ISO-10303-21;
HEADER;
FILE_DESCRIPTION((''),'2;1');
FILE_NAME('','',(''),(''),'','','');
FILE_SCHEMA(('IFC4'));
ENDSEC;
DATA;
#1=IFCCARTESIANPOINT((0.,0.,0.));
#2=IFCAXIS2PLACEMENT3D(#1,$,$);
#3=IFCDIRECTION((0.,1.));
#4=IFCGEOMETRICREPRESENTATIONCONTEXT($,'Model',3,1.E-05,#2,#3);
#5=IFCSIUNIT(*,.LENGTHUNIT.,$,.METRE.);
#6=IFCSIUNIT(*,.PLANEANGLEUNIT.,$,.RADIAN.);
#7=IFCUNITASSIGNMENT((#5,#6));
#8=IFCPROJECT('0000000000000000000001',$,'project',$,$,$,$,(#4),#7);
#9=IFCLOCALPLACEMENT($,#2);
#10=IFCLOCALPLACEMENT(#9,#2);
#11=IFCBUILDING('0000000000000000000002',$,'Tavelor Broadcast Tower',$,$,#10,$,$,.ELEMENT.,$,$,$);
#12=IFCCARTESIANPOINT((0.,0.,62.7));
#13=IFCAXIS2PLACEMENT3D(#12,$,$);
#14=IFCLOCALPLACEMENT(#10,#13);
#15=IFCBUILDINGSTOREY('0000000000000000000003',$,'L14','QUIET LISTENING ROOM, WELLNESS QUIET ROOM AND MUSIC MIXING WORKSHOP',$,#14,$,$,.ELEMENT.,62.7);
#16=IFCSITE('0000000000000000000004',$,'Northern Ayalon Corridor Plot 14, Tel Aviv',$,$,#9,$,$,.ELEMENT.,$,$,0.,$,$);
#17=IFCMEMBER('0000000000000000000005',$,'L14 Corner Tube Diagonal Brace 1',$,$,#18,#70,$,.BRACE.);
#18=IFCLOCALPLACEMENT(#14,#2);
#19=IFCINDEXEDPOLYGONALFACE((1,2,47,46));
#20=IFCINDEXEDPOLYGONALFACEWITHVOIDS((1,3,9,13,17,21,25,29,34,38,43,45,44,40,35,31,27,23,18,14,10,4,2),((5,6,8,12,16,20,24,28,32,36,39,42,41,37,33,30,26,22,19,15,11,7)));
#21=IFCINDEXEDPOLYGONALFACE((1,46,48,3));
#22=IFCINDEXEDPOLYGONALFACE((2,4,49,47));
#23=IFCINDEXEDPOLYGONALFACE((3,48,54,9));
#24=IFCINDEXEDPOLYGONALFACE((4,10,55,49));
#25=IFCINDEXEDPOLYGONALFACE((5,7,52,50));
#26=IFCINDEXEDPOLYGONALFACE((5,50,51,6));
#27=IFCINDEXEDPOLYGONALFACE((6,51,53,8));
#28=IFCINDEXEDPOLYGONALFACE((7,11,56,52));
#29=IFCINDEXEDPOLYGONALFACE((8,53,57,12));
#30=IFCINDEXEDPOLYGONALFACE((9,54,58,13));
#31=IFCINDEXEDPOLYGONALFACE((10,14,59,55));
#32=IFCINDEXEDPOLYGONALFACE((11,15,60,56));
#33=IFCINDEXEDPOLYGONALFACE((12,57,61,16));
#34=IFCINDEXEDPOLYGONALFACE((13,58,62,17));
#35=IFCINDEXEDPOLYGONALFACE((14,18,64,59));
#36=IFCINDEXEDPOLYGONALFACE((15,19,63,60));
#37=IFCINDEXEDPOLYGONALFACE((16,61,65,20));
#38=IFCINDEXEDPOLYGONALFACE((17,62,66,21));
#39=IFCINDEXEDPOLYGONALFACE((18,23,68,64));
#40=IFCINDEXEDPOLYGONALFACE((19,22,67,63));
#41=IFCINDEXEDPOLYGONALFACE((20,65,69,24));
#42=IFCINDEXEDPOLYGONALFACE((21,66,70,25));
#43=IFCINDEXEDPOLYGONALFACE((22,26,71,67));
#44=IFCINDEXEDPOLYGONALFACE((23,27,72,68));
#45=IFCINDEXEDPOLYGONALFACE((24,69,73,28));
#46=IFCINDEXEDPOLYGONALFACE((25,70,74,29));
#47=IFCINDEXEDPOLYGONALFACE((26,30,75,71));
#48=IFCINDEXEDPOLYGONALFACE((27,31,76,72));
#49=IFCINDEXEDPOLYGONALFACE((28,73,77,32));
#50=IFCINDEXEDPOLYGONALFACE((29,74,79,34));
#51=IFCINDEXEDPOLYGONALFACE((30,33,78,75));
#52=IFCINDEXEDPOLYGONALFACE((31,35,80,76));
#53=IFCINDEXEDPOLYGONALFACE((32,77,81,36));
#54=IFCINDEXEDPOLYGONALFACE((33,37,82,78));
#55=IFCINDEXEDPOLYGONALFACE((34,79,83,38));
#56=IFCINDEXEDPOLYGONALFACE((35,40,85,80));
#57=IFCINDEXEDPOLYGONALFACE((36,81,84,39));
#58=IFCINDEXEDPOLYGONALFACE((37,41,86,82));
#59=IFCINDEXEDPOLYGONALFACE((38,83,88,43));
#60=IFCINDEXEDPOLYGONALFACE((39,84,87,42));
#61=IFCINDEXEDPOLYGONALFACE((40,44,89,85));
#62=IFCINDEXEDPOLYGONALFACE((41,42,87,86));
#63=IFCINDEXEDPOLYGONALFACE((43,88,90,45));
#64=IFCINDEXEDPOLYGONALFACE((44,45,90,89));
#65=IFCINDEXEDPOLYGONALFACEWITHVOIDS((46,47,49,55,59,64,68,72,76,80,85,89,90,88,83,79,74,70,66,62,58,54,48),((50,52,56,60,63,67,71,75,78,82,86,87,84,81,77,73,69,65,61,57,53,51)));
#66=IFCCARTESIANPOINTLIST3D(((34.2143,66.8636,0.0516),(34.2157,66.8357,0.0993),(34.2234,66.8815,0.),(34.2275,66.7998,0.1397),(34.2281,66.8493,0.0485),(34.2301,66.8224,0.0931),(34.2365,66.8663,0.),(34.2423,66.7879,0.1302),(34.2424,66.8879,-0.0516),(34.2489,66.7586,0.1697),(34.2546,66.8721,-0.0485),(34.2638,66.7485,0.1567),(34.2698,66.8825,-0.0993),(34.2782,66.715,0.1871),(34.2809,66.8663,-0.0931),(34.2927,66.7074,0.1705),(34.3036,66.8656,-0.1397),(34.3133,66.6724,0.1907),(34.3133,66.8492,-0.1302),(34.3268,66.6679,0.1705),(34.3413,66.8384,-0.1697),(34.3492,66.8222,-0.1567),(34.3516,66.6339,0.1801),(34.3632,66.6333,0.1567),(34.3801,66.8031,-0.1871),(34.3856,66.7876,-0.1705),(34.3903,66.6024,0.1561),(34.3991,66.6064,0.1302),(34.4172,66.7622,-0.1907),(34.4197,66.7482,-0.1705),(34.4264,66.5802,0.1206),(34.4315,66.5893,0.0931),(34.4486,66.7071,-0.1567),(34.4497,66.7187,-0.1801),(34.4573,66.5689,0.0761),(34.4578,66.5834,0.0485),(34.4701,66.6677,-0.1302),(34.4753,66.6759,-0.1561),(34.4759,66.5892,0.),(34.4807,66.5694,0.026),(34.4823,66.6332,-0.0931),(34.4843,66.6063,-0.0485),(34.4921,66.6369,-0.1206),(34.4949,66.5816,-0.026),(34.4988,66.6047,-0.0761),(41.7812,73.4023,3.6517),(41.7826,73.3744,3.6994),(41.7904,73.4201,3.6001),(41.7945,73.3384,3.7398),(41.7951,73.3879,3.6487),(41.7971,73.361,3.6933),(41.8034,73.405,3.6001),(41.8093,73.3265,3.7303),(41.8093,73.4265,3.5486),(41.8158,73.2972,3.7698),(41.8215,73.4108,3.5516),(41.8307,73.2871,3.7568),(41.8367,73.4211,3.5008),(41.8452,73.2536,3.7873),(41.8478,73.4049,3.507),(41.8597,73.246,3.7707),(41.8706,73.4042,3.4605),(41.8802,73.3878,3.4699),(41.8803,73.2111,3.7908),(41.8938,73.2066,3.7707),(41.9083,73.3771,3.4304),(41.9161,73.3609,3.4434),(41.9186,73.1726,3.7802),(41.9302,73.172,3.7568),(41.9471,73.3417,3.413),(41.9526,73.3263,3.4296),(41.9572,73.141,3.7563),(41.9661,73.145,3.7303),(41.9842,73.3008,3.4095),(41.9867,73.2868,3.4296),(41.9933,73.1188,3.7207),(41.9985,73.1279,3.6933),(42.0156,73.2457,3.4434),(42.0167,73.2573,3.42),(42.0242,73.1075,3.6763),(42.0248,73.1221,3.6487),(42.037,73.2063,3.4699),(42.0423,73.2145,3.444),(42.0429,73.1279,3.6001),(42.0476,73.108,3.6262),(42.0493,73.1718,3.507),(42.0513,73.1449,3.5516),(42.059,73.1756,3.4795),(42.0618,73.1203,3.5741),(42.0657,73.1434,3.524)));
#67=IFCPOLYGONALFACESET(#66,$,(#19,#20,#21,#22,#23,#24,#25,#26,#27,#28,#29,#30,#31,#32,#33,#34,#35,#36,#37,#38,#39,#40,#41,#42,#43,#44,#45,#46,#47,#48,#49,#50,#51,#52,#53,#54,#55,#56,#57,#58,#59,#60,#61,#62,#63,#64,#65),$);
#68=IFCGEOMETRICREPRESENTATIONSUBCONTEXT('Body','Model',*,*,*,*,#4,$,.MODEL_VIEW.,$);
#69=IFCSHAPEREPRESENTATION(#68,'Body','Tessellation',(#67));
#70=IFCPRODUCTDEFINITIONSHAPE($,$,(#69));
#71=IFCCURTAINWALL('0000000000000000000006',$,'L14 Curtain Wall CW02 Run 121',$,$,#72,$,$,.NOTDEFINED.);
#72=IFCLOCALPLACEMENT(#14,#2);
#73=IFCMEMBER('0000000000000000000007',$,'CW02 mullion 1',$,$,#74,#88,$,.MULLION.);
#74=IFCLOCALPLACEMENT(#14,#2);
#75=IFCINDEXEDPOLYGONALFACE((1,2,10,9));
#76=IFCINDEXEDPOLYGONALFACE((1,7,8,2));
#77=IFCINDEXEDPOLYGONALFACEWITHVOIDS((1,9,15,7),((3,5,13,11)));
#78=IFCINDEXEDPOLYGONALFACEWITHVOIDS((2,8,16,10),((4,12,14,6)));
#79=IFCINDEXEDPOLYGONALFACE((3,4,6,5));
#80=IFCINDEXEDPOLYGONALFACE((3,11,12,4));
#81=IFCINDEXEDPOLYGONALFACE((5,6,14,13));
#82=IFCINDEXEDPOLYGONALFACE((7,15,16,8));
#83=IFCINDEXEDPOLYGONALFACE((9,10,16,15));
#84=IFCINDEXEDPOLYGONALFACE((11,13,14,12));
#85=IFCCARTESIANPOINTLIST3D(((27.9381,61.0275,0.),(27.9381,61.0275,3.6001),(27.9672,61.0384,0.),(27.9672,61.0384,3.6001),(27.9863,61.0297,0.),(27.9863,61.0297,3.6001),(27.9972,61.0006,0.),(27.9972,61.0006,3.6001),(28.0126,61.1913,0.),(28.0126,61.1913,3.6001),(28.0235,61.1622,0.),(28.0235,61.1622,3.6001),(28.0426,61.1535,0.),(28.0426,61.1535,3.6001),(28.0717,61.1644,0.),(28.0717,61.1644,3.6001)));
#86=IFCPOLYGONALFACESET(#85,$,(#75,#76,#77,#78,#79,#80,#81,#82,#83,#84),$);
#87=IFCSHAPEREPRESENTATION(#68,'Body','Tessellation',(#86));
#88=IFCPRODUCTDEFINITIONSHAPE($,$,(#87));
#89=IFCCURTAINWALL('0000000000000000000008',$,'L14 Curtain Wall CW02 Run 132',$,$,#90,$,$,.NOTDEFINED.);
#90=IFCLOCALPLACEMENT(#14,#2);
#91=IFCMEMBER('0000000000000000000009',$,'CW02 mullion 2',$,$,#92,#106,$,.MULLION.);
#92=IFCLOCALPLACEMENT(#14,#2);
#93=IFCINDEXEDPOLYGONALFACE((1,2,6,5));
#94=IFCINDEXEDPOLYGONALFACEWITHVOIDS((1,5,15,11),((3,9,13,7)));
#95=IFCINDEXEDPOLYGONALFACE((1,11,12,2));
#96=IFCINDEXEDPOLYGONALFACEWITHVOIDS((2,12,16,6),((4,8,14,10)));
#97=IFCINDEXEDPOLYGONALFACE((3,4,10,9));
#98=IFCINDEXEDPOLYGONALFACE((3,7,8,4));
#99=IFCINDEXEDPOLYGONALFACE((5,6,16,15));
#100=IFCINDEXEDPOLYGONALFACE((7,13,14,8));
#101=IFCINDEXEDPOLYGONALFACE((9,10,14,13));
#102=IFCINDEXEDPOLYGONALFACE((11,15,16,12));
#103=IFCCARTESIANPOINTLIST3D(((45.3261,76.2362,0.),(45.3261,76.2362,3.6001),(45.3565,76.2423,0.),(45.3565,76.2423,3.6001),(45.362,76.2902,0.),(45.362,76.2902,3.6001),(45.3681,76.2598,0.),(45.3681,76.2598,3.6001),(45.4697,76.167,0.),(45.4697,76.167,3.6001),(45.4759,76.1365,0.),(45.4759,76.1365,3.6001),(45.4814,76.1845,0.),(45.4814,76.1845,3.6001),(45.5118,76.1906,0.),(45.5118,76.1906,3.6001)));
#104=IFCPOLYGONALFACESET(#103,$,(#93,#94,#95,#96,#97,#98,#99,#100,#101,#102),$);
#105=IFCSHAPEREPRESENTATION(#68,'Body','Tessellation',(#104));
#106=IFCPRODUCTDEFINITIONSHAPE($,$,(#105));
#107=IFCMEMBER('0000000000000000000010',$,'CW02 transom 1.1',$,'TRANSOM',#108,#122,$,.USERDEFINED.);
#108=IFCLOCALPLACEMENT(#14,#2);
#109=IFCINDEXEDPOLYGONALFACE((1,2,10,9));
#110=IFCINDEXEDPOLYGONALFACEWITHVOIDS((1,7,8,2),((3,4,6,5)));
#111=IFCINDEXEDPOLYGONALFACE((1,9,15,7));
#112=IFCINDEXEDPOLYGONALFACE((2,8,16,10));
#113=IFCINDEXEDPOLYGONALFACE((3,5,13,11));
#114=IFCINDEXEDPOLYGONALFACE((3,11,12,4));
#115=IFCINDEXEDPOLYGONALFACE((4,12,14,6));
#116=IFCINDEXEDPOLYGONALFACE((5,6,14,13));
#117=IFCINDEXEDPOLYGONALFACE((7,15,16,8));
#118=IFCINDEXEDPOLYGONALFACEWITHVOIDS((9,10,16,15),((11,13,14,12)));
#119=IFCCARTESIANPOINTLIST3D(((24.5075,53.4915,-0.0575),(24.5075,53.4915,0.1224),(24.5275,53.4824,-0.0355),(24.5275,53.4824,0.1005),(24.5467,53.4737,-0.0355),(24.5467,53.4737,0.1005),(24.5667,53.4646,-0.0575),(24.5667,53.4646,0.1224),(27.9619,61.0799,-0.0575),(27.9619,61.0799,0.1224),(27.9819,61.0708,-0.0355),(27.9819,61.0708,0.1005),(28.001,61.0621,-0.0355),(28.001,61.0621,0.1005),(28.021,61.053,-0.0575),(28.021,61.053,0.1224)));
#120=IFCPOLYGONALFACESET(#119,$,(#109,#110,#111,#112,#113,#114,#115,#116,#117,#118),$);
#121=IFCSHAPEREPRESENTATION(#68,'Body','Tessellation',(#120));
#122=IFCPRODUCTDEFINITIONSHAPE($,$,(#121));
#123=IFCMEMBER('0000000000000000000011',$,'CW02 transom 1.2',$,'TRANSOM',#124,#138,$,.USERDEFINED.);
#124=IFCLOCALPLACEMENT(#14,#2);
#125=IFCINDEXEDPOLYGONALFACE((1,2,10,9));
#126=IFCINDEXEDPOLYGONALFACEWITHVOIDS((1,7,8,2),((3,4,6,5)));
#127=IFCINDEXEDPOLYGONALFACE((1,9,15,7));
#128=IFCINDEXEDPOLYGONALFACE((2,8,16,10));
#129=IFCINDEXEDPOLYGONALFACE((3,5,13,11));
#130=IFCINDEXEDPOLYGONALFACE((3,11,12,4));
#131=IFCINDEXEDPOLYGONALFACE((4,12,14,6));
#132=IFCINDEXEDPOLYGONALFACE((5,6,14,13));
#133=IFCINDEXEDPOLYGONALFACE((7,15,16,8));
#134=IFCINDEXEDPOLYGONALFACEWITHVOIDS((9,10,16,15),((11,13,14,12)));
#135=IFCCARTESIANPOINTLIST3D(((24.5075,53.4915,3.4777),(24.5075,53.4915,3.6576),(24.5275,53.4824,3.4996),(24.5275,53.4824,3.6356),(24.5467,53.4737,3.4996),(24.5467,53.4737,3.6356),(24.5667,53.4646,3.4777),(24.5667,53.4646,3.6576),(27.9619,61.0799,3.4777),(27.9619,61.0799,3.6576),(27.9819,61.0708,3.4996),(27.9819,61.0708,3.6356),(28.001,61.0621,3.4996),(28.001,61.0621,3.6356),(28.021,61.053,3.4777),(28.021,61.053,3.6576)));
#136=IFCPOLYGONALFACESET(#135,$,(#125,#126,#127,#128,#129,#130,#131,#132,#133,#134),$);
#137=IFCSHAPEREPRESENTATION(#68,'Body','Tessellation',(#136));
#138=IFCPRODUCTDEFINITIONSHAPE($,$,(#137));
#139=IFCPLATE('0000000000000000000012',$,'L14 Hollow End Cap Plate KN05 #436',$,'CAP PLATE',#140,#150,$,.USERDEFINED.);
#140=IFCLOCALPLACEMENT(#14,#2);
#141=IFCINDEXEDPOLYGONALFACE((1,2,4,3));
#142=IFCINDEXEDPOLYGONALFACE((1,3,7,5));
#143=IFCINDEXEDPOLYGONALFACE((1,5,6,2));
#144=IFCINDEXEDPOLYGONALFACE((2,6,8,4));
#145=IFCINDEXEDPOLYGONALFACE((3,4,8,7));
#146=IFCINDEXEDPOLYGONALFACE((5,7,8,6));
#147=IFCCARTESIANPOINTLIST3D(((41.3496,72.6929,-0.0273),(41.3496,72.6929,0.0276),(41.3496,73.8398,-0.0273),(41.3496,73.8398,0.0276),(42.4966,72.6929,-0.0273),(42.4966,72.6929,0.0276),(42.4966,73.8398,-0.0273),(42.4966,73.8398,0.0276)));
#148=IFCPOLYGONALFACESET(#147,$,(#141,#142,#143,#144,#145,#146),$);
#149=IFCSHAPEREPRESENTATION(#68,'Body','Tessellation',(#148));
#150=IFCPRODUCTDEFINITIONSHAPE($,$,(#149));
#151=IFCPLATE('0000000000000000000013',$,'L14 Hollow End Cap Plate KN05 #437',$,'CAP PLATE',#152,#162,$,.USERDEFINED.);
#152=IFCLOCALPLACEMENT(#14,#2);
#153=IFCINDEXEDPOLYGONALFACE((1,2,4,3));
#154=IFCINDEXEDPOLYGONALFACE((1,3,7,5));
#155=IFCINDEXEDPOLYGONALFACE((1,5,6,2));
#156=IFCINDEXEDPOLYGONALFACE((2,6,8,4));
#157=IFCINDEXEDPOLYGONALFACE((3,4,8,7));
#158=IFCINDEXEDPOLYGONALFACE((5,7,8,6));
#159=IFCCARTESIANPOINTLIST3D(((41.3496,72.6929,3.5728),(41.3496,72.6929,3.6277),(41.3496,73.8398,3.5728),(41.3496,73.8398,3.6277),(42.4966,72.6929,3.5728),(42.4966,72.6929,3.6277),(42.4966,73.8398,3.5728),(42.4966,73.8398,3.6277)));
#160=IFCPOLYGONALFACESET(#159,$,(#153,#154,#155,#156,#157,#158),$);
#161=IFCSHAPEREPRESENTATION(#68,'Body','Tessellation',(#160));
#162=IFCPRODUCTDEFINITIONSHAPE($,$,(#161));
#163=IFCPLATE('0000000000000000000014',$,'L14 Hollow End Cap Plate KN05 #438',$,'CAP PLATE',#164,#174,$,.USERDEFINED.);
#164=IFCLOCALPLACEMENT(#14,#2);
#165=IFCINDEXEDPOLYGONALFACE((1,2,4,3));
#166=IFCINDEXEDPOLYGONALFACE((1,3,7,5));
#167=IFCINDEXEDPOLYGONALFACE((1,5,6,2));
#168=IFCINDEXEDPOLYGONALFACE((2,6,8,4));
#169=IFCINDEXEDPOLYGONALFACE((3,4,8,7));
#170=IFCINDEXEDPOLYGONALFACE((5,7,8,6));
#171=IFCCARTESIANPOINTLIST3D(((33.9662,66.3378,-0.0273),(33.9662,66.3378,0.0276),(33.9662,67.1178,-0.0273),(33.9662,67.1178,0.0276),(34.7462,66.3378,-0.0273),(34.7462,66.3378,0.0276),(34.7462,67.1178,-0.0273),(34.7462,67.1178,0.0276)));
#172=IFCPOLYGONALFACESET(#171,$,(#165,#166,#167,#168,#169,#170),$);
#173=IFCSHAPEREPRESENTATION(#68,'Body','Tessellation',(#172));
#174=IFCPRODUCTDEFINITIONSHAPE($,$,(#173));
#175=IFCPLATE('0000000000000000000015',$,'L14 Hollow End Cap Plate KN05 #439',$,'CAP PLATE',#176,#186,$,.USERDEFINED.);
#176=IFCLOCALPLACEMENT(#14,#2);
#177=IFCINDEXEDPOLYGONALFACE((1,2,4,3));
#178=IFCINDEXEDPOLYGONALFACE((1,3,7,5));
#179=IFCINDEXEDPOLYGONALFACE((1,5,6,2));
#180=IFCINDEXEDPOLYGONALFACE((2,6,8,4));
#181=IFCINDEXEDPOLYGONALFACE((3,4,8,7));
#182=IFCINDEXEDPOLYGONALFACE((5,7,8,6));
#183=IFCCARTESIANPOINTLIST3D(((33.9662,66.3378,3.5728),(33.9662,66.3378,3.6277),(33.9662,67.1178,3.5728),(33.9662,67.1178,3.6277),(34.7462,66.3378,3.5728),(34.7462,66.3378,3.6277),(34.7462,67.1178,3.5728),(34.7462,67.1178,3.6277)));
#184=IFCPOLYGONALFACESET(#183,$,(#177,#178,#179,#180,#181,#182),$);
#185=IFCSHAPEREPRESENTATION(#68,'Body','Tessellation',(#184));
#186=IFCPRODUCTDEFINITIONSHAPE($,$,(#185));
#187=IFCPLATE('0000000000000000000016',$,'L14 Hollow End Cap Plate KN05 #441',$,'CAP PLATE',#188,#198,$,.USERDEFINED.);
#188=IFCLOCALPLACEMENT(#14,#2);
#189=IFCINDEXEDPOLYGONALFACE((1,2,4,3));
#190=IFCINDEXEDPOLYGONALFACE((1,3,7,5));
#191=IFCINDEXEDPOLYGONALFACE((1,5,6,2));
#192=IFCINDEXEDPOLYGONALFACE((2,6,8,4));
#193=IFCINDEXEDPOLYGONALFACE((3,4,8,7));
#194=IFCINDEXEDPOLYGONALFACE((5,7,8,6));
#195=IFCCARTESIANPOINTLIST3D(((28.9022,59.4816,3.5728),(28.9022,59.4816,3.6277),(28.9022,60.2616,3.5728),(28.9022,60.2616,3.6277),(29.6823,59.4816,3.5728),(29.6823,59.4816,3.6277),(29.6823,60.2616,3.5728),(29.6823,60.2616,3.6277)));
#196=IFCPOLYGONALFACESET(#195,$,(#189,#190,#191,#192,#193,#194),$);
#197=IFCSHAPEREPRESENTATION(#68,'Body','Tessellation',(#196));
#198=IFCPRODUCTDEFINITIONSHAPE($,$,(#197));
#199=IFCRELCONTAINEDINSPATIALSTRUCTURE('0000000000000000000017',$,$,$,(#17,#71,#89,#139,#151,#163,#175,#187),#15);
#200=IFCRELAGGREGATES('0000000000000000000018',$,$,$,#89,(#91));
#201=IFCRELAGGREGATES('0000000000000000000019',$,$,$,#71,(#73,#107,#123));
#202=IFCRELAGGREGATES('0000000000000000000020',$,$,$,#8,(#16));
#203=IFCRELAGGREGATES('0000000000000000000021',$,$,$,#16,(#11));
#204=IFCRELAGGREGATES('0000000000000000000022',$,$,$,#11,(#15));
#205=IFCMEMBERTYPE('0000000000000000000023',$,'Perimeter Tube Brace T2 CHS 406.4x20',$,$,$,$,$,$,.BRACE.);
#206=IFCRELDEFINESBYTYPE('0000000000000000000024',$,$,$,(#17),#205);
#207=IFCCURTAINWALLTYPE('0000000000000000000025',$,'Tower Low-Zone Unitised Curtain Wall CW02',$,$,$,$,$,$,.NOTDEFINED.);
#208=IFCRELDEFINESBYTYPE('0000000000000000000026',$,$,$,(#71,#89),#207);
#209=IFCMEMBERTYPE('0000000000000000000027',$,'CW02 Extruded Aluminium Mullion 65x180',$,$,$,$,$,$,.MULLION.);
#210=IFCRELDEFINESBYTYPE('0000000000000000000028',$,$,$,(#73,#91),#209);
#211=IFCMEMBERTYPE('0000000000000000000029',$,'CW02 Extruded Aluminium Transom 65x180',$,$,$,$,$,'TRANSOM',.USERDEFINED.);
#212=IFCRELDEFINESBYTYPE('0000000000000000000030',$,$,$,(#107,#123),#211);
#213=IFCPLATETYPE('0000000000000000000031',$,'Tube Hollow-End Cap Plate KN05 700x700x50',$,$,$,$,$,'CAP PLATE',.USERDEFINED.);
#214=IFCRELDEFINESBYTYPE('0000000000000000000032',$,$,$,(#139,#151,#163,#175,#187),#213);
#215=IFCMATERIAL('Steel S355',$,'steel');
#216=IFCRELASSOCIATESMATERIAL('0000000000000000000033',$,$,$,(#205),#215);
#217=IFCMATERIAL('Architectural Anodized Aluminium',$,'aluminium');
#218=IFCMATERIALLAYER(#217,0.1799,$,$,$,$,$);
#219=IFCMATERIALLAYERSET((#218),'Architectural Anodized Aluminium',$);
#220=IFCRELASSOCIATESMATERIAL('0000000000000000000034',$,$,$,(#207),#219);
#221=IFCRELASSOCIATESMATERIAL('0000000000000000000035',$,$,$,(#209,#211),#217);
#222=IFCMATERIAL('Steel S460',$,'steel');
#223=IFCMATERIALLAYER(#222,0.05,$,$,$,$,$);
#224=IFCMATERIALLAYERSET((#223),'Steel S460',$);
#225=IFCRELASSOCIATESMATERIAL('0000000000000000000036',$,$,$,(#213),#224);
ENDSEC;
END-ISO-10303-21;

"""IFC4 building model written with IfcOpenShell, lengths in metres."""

from ifc_helpers import new_model, si_unit, direction, frame, origin, origin_2d, place, context, subcontext, project, spatial, rectangle, hollow_rectangle, hollow_circle, extrude, source, transform, mapped, material, layer, layer_set, material_profile, profile_set, type_object, type_shapes, element, aggregate, save


model = new_model("IFC4")

# Units and contexts
model_context = context("Model", 3, precision=1e-05, world=origin(), true_north=direction((0.0, 1.0)))
body_context = subcontext(model_context, "Body", "Model", "MODEL_VIEW")
ifc_project = project(units=[si_unit("LENGTHUNIT", "METRE"), si_unit("PLANEANGLEUNIT", "RADIAN")], contexts=[model_context])

# Site, building, storey
site_placement = place(None, origin())
site = spatial("IfcSite", under=ifc_project, at=site_placement, Name="Northern Ayalon Corridor Plot 14, Tel Aviv", CompositionType="ELEMENT", RefElevation=0.0)
building_placement = place(site_placement, origin())
building = spatial("IfcBuilding", under=site, at=building_placement, Name="Tavelor Broadcast Tower", CompositionType="ELEMENT")
storey_placement = place(building_placement, frame((0.0, 0.0, 62.7)))
storey = spatial("IfcBuildingStorey", under=building, at=storey_placement, Name="L14", Description="QUIET LISTENING ROOM, WELLNESS QUIET ROOM AND MUSIC MIXING WORKSHOP", CompositionType="ELEMENT", Elevation=62.7)

# Shared definitions
ifc_material_1 = material(Name="Steel S460", Category="steel")

# Shared definitions
ifc_material_2 = material(Name="Steel S355", Category="steel")

# Member
ifc_material_profile_1 = material_profile(ifc_material_2, hollow_circle(Radius=0.2031, WallThickness=0.02, at=origin_2d()), Name="CHS 406.4x20")
ifc_profile_set_1 = profile_set([ifc_material_profile_1], Name="Steel S355")
member_type_1 = type_object("IfcMemberType", Name="Perimeter Tube Brace T2 CHS 406.4x20", PredefinedType="BRACE", material=ifc_profile_set_1)
member_1_placement = place(storey_placement, frame((34.3562, 66.7278, 0.0), z_axis=(0.711923, 0.615175, 0.338711), x_axis=(-0.653822, 0.756648, 0.0)))
element("IfcMember", 1, at=member_1_placement, inside=storey, type_object=member_type_1, Name="L14 Corner Tube Diagonal Brace 1", PredefinedType="BRACE", context=body_context, shape_type="SweptSolid", body=[
    extrude(hollow_circle(Radius=0.2031, WallThickness=0.02, at=origin_2d()), origin(), (0.0, 0.0, 1.0), 10.6289),
])

# Curtain walls, members
ifc_material_3 = material(Name="Architectural Anodized Aluminium", Category="aluminium")
ifc_layer_1 = layer(ifc_material_3, 0.1799)
ifc_layer_set_1 = layer_set([ifc_layer_1], Name="Architectural Anodized Aluminium")
curtain_wall_type = type_object("IfcCurtainWallType", Name="Tower Low-Zone Unitised Curtain Wall CW02", PredefinedType="NOTDEFINED", material=ifc_layer_set_1)
curtain_wall_1_placement = place(storey_placement, origin())
curtain_wall_1 = element("IfcCurtainWall", 2, at=curtain_wall_1_placement, inside=storey, type_object=curtain_wall_type, Name="L14 Curtain Wall CW02 Run 121", PredefinedType="NOTDEFINED")
ifc_material_profile_2 = material_profile(ifc_material_3, hollow_rectangle(XDim=0.0649, YDim=0.1799, WallThickness=0.022, at=origin_2d()), Name="RHS 65x180x22")
ifc_profile_set_2 = profile_set([ifc_material_profile_2], Name="Architectural Anodized Aluminium")
member_type_2 = type_object("IfcMemberType", Name="CW02 Extruded Aluminium Mullion 65x180", PredefinedType="MULLION", material=ifc_profile_set_2)
shared_shape_1 = source(origin(), body_context, "Body", "SweptSolid", [
    extrude(hollow_rectangle(XDim=0.0649, YDim=0.1799, WallThickness=0.022, at=origin_2d()), origin(), (0.0, 0.0, 1.0), 3.6001),
])
type_shapes(member_type_2, [shared_shape_1])
member_2_placement = place(storey_placement, frame((28.0049, 61.0959, 0.0), z_axis=(0.0, 0.0, 1.0), x_axis=(0.910141, -0.414298, 0.0)))
member_2 = element("IfcMember", 3, at=member_2_placement, type_object=member_type_2, Name="CW02 mullion 1", PredefinedType="MULLION", context=body_context, shape_type="MappedRepresentation", body=[
    mapped(shared_shape_1, transform((0.0, 0.0, 0.0), scale=1.0)),
])
curtain_wall_2_placement = place(storey_placement, origin())
curtain_wall_2 = element("IfcCurtainWall", 4, at=curtain_wall_2_placement, inside=storey, type_object=curtain_wall_type, Name="L14 Curtain Wall CW02 Run 132", PredefinedType="NOTDEFINED")
member_3_placement = place(storey_placement, frame((45.4189, 76.2134, 0.0), z_axis=(0.0, 0.0, 1.0), x_axis=(-0.553734, -0.832693, 0.0)))
member_3 = element("IfcMember", 5, at=member_3_placement, type_object=member_type_2, Name="CW02 mullion 2", PredefinedType="MULLION", context=body_context, shape_type="MappedRepresentation", body=[
    mapped(shared_shape_1, transform((0.0, 0.0, 0.0), scale=1.0)),
])
aggregate(curtain_wall_2, [member_3])

# Members
ifc_material_profile_3 = material_profile(ifc_material_3, hollow_rectangle(XDim=0.0649, YDim=0.1799, WallThickness=0.022, at=origin_2d()), Name="RHS 65x180x22")
ifc_profile_set_3 = profile_set([ifc_material_profile_3], Name="Architectural Anodized Aluminium")
member_type_3 = type_object("IfcMemberType", Name="CW02 Extruded Aluminium Transom 65x180", ElementType="TRANSOM", PredefinedType="USERDEFINED", material=ifc_profile_set_3)
shared_shape_2 = source(origin(), body_context, "Body", "SweptSolid", [
    extrude(hollow_rectangle(XDim=0.0649, YDim=0.1799, WallThickness=0.022, at=origin_2d()), origin(), (0.0, 0.0, 1.0), 8.3376),
])
type_shapes(member_type_3, [shared_shape_2])
member_4_placement = place(storey_placement, frame((27.9915, 61.0664, 0.0325), z_axis=(-0.414308, -0.910137, 0.0), x_axis=(0.910137, -0.414308, 0.0)))
member_4 = element("IfcMember", 6, at=member_4_placement, type_object=member_type_3, Name="CW02 transom 1.1", ObjectType="TRANSOM", PredefinedType="USERDEFINED", context=body_context, shape_type="MappedRepresentation", body=[
    mapped(shared_shape_2, transform((0.0, 0.0, 0.0), scale=1.0)),
])
member_5_placement = place(storey_placement, frame((27.9915, 61.0664, 3.5676), z_axis=(-0.414308, -0.910137, 0.0), x_axis=(0.910137, -0.414308, 0.0)))
member_5 = element("IfcMember", 7, at=member_5_placement, type_object=member_type_3, Name="CW02 transom 1.2", ObjectType="TRANSOM", PredefinedType="USERDEFINED", context=body_context, shape_type="MappedRepresentation", body=[
    mapped(shared_shape_2, transform((0.0, 0.0, 0.0), scale=1.0)),
])
aggregate(curtain_wall_1, [member_2, member_4, member_5])

# Plates
ifc_layer_2 = layer(ifc_material_1, 0.05)
ifc_layer_set_2 = layer_set([ifc_layer_2], Name="Steel S460")
plate_type = type_object("IfcPlateType", Name="Tube Hollow-End Cap Plate KN05 700x700x50", ElementType="CAP PLATE", PredefinedType="USERDEFINED", material=ifc_layer_set_2)
shared_shape_3 = source(origin(), body_context, "Body", "SweptSolid", [
    extrude(rectangle(XDim=1.147, YDim=1.147, at=origin_2d()), origin(), (0.0, 0.0, 1.0), 0.0549),
])
for number, where, z_axis, x_axis, name in (
    (8, (41.9231, 73.2664, -0.0273), (0.0, 0.0, 1.0), (1.0, 0.0, 0.0), "L14 Hollow End Cap Plate KN05 #436"),
    (9, (41.9231, 73.2664, 3.5728), (0.0, 0.0, 1.0), (1.0, 0.0, 0.0), "L14 Hollow End Cap Plate KN05 #437"),
):
    element("IfcPlate", number, at=place(storey_placement, frame(where, z_axis=z_axis, x_axis=x_axis)), inside=storey, type_object=plate_type, Name=name, ObjectType="CAP PLATE", PredefinedType="USERDEFINED", context=body_context, shape_type="MappedRepresentation", body=[
        mapped(shared_shape_3, transform((0.0, 0.0, 0.0), scale=1.0)),
    ])
shared_shape_4 = source(origin(), body_context, "Body", "SweptSolid", [
    extrude(rectangle(XDim=0.78, YDim=0.78, at=origin_2d()), origin(), (0.0, 0.0, 1.0), 0.0549),
])
type_shapes(plate_type, [shared_shape_3, shared_shape_4])
for number, where, z_axis, x_axis, name in (
    (10, (34.3562, 66.7278, -0.0273), (0.0, 0.0, 1.0), (1.0, 0.0, 0.0), "L14 Hollow End Cap Plate KN05 #438"),
    (11, (34.3562, 66.7278, 3.5728), (0.0, 0.0, 1.0), (1.0, 0.0, 0.0), "L14 Hollow End Cap Plate KN05 #439"),
    (12, (29.2922, 59.8716, 3.5728), (0.0, 0.0, 1.0), (1.0, 0.0, 0.0), "L14 Hollow End Cap Plate KN05 #441"),
):
    element("IfcPlate", number, at=place(storey_placement, frame(where, z_axis=z_axis, x_axis=x_axis)), inside=storey, type_object=plate_type, Name=name, ObjectType="CAP PLATE", PredefinedType="USERDEFINED", context=body_context, shape_type="MappedRepresentation", body=[
        mapped(shared_shape_4, transform((0.0, 0.0, 0.0), scale=1.0)),
    ])

save(model, "model.ifc")
